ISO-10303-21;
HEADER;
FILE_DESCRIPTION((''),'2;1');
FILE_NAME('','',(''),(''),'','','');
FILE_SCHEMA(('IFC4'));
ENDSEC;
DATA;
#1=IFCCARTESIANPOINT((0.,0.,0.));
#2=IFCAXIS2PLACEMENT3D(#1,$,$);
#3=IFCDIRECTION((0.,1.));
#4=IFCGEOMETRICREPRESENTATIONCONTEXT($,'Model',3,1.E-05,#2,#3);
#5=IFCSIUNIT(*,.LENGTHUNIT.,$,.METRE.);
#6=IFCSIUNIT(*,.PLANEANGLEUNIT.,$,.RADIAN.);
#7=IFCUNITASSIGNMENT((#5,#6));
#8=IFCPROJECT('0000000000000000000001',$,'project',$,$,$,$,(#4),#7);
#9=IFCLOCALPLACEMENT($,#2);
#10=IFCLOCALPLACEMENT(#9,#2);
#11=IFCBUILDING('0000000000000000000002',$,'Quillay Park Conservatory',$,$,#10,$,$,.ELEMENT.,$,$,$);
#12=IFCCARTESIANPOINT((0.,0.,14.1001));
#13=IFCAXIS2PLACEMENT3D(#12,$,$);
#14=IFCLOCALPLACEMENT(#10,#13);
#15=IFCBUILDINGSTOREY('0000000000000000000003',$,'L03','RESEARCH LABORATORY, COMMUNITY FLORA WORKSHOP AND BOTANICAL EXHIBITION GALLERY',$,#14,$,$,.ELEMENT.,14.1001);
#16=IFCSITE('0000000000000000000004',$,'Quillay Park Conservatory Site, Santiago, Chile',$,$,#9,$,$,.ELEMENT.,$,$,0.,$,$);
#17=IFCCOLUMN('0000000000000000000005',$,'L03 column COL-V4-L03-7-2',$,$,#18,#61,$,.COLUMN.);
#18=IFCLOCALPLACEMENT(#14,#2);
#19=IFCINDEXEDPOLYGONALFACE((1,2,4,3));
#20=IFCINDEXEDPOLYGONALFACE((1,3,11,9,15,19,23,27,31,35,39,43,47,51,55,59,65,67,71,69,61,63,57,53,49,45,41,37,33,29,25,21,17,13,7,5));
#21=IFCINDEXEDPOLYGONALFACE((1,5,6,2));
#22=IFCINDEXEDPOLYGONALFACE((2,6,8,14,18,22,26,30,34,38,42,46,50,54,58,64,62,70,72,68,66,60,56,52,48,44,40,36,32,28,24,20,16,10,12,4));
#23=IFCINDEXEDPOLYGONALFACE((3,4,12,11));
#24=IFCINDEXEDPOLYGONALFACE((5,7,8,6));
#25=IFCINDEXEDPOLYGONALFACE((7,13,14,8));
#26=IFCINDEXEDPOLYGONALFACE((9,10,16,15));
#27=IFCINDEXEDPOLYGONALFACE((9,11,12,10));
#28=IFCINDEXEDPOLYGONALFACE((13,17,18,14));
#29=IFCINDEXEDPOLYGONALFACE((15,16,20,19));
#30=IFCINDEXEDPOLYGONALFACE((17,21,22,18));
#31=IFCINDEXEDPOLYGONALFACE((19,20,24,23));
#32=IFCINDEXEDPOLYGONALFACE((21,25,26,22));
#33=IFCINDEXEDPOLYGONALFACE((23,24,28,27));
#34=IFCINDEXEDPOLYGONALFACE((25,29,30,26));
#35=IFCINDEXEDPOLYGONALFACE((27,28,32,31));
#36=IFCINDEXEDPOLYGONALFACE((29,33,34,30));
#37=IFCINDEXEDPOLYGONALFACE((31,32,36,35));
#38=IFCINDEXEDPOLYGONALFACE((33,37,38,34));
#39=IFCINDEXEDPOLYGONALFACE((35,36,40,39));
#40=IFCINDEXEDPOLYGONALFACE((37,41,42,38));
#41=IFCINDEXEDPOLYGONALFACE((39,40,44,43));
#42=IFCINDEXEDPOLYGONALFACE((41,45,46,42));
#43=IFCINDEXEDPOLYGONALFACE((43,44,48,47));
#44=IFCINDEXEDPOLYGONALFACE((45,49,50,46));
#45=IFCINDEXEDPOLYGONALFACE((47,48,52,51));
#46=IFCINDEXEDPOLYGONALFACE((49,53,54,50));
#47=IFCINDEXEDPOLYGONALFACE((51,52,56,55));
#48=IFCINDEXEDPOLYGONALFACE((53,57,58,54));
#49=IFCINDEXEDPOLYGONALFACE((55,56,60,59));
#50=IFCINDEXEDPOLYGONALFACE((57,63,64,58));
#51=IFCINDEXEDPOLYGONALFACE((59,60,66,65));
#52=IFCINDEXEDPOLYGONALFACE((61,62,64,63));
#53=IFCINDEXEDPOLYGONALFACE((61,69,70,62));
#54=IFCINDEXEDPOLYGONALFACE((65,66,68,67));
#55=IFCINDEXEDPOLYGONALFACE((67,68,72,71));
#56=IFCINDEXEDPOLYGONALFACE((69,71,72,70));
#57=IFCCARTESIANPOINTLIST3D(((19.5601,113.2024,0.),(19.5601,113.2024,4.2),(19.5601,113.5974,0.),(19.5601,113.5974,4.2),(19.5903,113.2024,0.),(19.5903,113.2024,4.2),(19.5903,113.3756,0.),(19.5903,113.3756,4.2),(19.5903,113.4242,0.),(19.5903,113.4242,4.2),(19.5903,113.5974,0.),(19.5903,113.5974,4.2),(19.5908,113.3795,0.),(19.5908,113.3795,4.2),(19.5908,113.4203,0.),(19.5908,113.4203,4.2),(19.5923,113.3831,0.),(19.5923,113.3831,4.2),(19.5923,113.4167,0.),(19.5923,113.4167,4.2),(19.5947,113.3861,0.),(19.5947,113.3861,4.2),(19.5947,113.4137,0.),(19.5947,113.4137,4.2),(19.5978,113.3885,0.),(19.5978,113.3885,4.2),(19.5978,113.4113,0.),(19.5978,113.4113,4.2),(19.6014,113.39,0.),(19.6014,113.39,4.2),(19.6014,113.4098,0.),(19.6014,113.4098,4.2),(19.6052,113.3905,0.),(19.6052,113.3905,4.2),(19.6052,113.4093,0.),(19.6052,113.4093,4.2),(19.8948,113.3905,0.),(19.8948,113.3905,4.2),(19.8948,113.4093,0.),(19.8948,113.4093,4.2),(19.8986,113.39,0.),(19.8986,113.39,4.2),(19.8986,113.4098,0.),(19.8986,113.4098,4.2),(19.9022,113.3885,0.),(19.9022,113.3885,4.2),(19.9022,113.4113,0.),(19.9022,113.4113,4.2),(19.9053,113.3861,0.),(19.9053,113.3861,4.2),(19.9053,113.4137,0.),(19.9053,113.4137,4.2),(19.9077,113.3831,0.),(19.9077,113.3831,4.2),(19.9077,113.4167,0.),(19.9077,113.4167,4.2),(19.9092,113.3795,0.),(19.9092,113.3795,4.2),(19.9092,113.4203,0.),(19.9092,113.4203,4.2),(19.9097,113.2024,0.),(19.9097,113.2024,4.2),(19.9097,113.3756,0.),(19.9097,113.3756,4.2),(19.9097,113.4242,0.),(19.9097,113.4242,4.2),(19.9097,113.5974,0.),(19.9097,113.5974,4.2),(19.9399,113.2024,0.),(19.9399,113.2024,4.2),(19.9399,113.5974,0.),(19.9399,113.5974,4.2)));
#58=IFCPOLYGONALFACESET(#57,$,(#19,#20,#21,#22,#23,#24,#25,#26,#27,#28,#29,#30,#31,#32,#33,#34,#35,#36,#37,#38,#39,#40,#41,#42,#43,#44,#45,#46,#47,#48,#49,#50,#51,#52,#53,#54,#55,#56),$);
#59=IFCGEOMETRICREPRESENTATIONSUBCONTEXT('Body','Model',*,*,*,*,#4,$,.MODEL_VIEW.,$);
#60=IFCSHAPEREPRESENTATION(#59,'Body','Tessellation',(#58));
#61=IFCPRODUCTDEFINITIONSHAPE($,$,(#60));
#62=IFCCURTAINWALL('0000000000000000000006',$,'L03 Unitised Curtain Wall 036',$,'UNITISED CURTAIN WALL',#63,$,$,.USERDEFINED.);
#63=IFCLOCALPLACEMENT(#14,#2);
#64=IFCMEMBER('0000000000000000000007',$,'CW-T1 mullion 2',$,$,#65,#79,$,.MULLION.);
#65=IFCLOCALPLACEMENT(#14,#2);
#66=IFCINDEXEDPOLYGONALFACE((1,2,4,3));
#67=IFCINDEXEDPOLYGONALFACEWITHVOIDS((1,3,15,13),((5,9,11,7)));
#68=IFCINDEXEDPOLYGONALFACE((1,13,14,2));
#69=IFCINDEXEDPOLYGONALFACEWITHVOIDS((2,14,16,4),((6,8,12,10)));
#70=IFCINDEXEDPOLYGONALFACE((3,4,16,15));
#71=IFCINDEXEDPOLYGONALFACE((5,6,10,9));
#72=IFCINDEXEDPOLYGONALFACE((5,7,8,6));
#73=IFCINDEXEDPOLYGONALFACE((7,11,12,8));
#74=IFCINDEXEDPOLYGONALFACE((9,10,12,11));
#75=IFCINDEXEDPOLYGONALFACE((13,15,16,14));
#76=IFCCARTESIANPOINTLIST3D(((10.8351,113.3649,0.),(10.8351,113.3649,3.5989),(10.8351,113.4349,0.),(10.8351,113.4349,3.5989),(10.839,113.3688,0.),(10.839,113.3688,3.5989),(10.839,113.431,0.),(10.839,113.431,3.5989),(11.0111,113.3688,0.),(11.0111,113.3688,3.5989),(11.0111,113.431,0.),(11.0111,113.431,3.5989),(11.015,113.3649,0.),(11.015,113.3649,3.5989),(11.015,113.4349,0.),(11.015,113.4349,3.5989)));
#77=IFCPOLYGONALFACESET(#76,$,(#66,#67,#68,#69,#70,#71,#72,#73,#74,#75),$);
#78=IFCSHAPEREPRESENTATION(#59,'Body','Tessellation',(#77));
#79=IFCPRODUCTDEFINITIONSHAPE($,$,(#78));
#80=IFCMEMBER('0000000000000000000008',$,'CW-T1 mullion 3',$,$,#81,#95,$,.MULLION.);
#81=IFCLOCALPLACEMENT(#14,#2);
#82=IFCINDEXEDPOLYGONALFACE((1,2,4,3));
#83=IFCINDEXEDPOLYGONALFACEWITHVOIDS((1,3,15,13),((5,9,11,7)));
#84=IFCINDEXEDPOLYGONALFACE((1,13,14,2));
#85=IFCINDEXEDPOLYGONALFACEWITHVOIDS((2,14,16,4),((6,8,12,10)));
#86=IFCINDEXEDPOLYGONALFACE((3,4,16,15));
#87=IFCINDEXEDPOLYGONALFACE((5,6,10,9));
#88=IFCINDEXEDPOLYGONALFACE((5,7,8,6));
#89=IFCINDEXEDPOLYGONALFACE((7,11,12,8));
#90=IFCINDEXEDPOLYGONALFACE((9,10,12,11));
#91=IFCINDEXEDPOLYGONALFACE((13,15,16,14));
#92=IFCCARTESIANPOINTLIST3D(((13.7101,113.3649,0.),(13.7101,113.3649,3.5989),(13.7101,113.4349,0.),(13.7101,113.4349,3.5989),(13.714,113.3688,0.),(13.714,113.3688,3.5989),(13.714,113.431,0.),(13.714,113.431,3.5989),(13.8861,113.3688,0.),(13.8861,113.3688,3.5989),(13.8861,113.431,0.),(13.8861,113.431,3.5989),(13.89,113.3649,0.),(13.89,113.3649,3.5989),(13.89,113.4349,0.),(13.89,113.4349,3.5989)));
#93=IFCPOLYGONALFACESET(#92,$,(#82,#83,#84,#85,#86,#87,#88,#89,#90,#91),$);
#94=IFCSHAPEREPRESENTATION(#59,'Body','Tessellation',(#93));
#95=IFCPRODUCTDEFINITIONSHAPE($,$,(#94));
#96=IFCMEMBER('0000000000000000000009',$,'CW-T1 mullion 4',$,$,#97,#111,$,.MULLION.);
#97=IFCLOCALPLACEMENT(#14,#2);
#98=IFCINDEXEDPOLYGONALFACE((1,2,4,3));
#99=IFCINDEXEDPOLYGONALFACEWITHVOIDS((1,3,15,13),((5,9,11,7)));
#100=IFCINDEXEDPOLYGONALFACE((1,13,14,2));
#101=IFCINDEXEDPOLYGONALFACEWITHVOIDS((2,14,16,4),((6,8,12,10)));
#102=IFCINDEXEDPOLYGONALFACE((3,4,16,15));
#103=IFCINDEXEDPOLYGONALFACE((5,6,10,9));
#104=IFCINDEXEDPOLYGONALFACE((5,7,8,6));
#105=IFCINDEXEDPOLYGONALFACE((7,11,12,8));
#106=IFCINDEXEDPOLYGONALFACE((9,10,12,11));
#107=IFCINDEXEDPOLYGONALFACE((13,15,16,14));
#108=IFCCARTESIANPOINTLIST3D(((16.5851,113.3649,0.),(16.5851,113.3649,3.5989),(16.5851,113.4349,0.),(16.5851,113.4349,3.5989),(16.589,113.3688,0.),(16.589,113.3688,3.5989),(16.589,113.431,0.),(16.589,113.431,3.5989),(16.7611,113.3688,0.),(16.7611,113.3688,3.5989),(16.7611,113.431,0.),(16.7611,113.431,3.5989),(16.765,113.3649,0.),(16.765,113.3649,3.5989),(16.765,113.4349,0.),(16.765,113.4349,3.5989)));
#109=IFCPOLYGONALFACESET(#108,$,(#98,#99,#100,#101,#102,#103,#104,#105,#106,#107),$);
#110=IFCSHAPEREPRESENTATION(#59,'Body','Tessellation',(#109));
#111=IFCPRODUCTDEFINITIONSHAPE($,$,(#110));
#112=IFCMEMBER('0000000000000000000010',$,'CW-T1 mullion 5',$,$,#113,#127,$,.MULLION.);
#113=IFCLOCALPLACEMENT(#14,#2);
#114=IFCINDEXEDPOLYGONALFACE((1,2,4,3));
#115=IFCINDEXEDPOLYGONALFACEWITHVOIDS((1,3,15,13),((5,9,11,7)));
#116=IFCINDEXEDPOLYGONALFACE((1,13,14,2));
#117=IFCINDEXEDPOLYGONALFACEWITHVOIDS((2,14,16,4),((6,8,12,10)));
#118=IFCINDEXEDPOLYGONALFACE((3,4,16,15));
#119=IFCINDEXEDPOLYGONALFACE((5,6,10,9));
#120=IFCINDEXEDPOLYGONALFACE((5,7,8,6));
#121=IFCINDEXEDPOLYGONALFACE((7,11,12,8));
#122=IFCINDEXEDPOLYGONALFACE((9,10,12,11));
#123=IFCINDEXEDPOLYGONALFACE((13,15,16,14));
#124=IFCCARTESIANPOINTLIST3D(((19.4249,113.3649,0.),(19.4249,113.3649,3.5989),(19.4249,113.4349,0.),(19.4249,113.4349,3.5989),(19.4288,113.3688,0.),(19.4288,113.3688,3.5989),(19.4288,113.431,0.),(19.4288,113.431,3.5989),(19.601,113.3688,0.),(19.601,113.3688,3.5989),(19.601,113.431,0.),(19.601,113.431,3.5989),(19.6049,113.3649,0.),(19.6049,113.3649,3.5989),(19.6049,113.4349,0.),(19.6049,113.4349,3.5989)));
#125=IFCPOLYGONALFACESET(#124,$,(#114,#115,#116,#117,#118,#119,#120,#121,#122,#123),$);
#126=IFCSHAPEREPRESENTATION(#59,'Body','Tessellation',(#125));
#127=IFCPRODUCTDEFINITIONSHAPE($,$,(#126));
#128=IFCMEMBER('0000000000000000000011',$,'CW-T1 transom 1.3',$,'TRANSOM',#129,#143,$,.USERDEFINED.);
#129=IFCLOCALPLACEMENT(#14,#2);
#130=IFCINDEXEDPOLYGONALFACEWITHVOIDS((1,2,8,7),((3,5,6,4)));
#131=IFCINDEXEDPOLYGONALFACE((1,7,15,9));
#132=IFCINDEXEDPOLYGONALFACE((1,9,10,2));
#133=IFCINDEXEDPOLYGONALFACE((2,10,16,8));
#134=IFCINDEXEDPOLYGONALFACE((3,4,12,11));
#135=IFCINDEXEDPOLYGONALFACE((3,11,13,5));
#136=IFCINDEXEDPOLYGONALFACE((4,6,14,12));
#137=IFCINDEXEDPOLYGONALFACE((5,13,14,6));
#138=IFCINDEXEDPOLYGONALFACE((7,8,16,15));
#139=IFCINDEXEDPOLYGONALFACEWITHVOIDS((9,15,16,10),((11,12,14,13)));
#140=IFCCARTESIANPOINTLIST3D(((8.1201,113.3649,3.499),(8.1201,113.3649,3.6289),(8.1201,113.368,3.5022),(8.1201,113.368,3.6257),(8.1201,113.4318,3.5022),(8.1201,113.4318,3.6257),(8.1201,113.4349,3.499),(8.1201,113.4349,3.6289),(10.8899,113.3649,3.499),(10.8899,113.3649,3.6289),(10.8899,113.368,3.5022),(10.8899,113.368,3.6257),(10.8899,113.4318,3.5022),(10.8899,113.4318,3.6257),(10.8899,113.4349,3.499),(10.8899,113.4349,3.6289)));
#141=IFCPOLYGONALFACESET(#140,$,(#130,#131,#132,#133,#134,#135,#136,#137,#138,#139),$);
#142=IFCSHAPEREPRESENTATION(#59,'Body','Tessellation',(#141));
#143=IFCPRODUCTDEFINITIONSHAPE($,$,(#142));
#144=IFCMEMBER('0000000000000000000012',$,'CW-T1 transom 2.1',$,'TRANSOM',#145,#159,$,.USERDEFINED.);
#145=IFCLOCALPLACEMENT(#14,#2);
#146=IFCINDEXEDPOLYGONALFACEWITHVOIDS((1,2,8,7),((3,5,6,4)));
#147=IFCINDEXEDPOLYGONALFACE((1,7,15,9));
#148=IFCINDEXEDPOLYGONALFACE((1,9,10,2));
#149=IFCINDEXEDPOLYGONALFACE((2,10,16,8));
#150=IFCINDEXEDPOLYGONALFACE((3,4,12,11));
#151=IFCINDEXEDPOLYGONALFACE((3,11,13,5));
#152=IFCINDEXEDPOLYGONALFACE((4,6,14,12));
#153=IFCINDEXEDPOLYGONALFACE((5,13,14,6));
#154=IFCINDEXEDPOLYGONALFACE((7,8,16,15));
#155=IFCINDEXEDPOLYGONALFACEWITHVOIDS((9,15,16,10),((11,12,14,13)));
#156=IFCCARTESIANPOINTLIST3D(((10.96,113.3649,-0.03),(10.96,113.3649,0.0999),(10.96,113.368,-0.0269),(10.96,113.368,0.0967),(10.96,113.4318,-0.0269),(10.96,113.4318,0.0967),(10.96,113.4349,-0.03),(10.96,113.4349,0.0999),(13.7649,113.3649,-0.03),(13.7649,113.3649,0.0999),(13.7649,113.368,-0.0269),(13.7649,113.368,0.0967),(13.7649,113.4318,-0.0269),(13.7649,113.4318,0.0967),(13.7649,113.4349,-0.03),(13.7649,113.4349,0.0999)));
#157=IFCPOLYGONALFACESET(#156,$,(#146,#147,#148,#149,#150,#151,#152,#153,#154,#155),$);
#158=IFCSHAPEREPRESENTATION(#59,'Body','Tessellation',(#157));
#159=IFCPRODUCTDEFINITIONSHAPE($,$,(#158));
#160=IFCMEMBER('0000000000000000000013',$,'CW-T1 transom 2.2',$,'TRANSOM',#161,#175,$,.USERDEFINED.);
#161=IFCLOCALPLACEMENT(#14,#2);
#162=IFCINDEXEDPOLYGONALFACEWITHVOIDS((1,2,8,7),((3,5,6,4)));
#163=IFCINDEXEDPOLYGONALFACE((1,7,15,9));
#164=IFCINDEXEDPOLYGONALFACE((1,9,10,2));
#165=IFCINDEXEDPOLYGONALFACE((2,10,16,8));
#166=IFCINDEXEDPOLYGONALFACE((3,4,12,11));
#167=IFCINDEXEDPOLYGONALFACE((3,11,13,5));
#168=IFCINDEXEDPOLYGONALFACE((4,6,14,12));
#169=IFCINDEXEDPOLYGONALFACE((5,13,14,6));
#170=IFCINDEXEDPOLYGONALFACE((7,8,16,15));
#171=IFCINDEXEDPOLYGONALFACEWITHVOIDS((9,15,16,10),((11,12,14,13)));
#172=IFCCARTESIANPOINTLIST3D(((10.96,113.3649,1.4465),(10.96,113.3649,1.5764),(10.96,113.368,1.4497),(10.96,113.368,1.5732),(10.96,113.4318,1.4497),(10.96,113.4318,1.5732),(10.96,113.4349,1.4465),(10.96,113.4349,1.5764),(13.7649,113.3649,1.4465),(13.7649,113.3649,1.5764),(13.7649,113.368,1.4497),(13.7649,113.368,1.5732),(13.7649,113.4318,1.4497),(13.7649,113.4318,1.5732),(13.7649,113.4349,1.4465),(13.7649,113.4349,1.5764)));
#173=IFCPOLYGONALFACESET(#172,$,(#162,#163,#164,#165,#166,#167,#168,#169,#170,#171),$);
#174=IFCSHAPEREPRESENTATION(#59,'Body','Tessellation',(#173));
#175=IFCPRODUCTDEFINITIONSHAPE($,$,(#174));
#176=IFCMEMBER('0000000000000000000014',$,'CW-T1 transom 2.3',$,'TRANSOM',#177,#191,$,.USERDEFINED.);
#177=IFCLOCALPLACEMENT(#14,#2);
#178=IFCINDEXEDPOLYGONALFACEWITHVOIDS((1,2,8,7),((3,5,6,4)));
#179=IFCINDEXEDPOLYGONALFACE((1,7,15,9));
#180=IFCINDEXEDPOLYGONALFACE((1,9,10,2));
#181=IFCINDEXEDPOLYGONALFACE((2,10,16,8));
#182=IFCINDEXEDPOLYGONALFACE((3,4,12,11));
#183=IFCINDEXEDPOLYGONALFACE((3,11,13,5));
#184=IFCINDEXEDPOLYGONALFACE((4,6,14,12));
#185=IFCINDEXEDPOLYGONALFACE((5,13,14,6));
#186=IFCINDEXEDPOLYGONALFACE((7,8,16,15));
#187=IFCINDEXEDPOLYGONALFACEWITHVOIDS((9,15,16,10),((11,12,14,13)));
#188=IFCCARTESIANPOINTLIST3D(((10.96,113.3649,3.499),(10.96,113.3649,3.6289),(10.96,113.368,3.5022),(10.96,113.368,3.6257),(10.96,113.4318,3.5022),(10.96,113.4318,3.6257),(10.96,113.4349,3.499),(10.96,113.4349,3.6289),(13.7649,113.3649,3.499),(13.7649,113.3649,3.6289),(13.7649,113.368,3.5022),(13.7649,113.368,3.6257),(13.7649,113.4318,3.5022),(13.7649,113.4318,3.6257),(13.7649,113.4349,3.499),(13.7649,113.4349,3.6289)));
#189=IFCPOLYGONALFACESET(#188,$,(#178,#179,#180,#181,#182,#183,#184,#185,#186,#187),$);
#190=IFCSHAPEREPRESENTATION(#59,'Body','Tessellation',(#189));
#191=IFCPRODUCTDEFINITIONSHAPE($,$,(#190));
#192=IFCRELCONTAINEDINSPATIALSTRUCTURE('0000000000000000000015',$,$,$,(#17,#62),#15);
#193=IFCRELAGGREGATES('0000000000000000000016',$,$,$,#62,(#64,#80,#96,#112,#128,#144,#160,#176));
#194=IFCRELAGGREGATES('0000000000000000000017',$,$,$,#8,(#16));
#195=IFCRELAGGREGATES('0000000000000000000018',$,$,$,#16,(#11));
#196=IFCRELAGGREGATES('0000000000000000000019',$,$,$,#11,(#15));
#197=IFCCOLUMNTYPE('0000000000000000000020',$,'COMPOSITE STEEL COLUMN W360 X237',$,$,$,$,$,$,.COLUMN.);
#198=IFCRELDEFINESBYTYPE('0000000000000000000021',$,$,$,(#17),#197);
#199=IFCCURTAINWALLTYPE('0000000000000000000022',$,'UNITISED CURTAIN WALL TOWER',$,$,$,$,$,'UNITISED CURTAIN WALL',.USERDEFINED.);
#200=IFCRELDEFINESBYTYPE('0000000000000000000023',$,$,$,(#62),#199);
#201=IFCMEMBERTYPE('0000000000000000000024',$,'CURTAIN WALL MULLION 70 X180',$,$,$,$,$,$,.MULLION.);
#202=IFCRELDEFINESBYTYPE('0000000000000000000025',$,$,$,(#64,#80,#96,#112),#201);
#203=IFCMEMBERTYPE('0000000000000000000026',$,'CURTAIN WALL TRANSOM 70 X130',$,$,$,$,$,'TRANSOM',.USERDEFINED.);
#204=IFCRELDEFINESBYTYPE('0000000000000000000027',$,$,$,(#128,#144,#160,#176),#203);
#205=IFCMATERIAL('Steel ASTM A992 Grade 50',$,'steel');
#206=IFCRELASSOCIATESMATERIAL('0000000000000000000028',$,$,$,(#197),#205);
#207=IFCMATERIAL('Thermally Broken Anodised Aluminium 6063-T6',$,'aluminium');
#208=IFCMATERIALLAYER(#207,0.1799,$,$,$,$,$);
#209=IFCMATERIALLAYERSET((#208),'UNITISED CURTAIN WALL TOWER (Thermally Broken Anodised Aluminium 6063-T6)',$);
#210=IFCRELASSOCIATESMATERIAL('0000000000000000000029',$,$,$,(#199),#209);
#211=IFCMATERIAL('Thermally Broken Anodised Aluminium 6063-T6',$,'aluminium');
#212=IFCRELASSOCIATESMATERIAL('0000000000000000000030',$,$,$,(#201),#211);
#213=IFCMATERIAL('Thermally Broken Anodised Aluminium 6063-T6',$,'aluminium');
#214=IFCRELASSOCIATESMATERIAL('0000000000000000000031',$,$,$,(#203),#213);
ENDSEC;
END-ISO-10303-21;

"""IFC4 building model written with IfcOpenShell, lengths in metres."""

from ifc_helpers import new_model, si_unit, direction, frame, origin, origin_2d, place, context, subcontext, project, spatial, hollow_rectangle, i_section, extrude, material, layer, layer_set, material_profile, profile_set, type_object, element, aggregate, save


model = new_model("IFC4")

# Units and contexts
model_context = context("Model", 3, precision=1e-05, world=origin(), true_north=direction((0.0, 1.0)))
body_context = subcontext(model_context, "Body", "Model", "MODEL_VIEW")
ifc_project = project(units=[si_unit("LENGTHUNIT", "METRE"), si_unit("PLANEANGLEUNIT", "RADIAN")], contexts=[model_context])

# Site, building, storey
site_placement = place(None, origin())
site = spatial("IfcSite", under=ifc_project, at=site_placement, Name="Quillay Park Conservatory Site, Santiago, Chile", CompositionType="ELEMENT", RefElevation=0.0)
building_placement = place(site_placement, origin())
building = spatial("IfcBuilding", under=site, at=building_placement, Name="Quillay Park Conservatory", CompositionType="ELEMENT")
storey_placement = place(building_placement, frame((0.0, 0.0, 14.1001)))
storey = spatial("IfcBuildingStorey", under=building, at=storey_placement, Name="L03", Description="RESEARCH LABORATORY, COMMUNITY FLORA WORKSHOP AND BOTANICAL EXHIBITION GALLERY", CompositionType="ELEMENT", Elevation=14.1001)

# Column
ifc_material_1 = material(Name="Steel ASTM A992 Grade 50", Category="steel")
ifc_material_profile_1 = material_profile(ifc_material_1, i_section(OverallWidth=0.395, OverallDepth=0.3799, WebThickness=0.0188, FlangeThickness=0.0303, FilletRadius=0.0149, at=origin_2d()), Name="W360x237")
ifc_profile_set_1 = profile_set([ifc_material_profile_1], Name="Steel ASTM A992 Grade 50")
column_type = type_object("IfcColumnType", Name="COMPOSITE STEEL COLUMN W360 X237", PredefinedType="COLUMN", material=ifc_profile_set_1)
column_placement = place(storey_placement, frame((19.75, 113.3999, 0.0), z_axis=(0.0, 0.0, 1.0), x_axis=(0.0, 1.0, 0.0)))
element("IfcColumn", 1, at=column_placement, inside=storey, type_object=column_type, Name="L03 column COL-V4-L03-7-2", PredefinedType="COLUMN", context=body_context, shape_type="SweptSolid", body=[
    extrude(i_section(OverallWidth=0.395, OverallDepth=0.3799, WebThickness=0.0188, FlangeThickness=0.0303, FilletRadius=0.0149, at=origin_2d()), origin(), (0.0, 0.0, 1.0), 4.2),
])

# Curtain wall, members
ifc_material_2 = material(Name="Thermally Broken Anodised Aluminium 6063-T6", Category="aluminium")
ifc_layer_1 = layer(ifc_material_2, 0.1799)
ifc_layer_set_1 = layer_set([ifc_layer_1], Name="UNITISED CURTAIN WALL TOWER (Thermally Broken Anodised Aluminium 6063-T6)")
curtain_wall_type = type_object("IfcCurtainWallType", Name="UNITISED CURTAIN WALL TOWER", ElementType="UNITISED CURTAIN WALL", PredefinedType="USERDEFINED", material=ifc_layer_set_1)
curtain_wall_placement = place(storey_placement, origin())
curtain_wall = element("IfcCurtainWall", 2, at=curtain_wall_placement, inside=storey, type_object=curtain_wall_type, Name="L03 Unitised Curtain Wall 036", ObjectType="UNITISED CURTAIN WALL", PredefinedType="USERDEFINED")
ifc_material_3 = material(Name="Thermally Broken Anodised Aluminium 6063-T6", Category="aluminium")
ifc_material_profile_2 = material_profile(ifc_material_3, hollow_rectangle(XDim=0.0701, YDim=0.1799, WallThickness=0.0039, at=origin_2d()), Name="AL70x180x4")
ifc_profile_set_2 = profile_set([ifc_material_profile_2], Name="Thermally Broken Anodised Aluminium 6063-T6")
member_type_1 = type_object("IfcMemberType", Name="CURTAIN WALL MULLION 70 X180", PredefinedType="MULLION", material=ifc_profile_set_2)
member_1_placement = place(storey_placement, frame((10.925, 113.3999, 0.0), z_axis=(0.0, 0.0, 1.0), x_axis=(0.0, 1.0, 0.0)))
member_1 = element("IfcMember", 3, at=member_1_placement, type_object=member_type_1, Name="CW-T1 mullion 2", PredefinedType="MULLION", context=body_context, shape_type="SweptSolid", body=[
    extrude(hollow_rectangle(XDim=0.0701, YDim=0.1799, WallThickness=0.0039, at=origin_2d()), origin(), (0.0, 0.0, 1.0), 3.5989),
])
member_2_placement = place(storey_placement, frame((13.8, 113.3999, 0.0), z_axis=(0.0, 0.0, 1.0), x_axis=(0.0, 1.0, 0.0)))
member_2 = element("IfcMember", 4, at=member_2_placement, type_object=member_type_1, Name="CW-T1 mullion 3", PredefinedType="MULLION", context=body_context, shape_type="SweptSolid", body=[
    extrude(hollow_rectangle(XDim=0.0701, YDim=0.1799, WallThickness=0.0039, at=origin_2d()), origin(), (0.0, 0.0, 1.0), 3.5989),
])
member_3_placement = place(storey_placement, frame((16.675, 113.3999, 0.0), z_axis=(0.0, 0.0, 1.0), x_axis=(0.0, 1.0, 0.0)))
member_3 = element("IfcMember", 5, at=member_3_placement, type_object=member_type_1, Name="CW-T1 mullion 4", PredefinedType="MULLION", context=body_context, shape_type="SweptSolid", body=[
    extrude(hollow_rectangle(XDim=0.0701, YDim=0.1799, WallThickness=0.0039, at=origin_2d()), origin(), (0.0, 0.0, 1.0), 3.5989),
])
member_4_placement = place(storey_placement, frame((19.5149, 113.3999, 0.0), z_axis=(0.0, 0.0, 1.0), x_axis=(0.0, 1.0, 0.0)))
member_4 = element("IfcMember", 6, at=member_4_placement, type_object=member_type_1, Name="CW-T1 mullion 5", PredefinedType="MULLION", context=body_context, shape_type="SweptSolid", body=[
    extrude(hollow_rectangle(XDim=0.0701, YDim=0.1799, WallThickness=0.0039, at=origin_2d()), origin(), (0.0, 0.0, 1.0), 3.5989),
])
ifc_material_4 = material(Name="Thermally Broken Anodised Aluminium 6063-T6", Category="aluminium")
ifc_material_profile_3 = material_profile(ifc_material_4, hollow_rectangle(XDim=0.0701, YDim=0.1299, WallThickness=0.0032, at=origin_2d()), Name="AL70x130x3.2")
ifc_profile_set_3 = profile_set([ifc_material_profile_3], Name="Thermally Broken Anodised Aluminium 6063-T6")
member_type_2 = type_object("IfcMemberType", Name="CURTAIN WALL TRANSOM 70 X130", ElementType="TRANSOM", PredefinedType="USERDEFINED", material=ifc_profile_set_3)
member_5_placement = place(storey_placement, frame((8.1201, 113.3999, 3.564), z_axis=(1.0, 0.0, 0.0), x_axis=(0.0, 1.0, 0.0)))
member_5 = element("IfcMember", 7, at=member_5_placement, type_object=member_type_2, Name="CW-T1 transom 1.3", ObjectType="TRANSOM", PredefinedType="USERDEFINED", context=body_context, shape_type="SweptSolid", body=[
    extrude(hollow_rectangle(XDim=0.0701, YDim=0.1299, WallThickness=0.0032, at=origin_2d()), origin(), (0.0, 0.0, 1.0), 2.7698),
])
member_6_placement = place(storey_placement, frame((10.96, 113.3999, 0.0349), z_axis=(1.0, 0.0, 0.0), x_axis=(0.0, 1.0, 0.0)))
member_6 = element("IfcMember", 8, at=member_6_placement, type_object=member_type_2, Name="CW-T1 transom 2.1", ObjectType="TRANSOM", PredefinedType="USERDEFINED", context=body_context, shape_type="SweptSolid", body=[
    extrude(hollow_rectangle(XDim=0.0701, YDim=0.1299, WallThickness=0.0032, at=origin_2d()), origin(), (0.0, 0.0, 1.0), 2.8049),
])
member_7_placement = place(storey_placement, frame((10.96, 113.3999, 1.5115), z_axis=(1.0, 0.0, 0.0), x_axis=(0.0, 1.0, 0.0)))
member_7 = element("IfcMember", 9, at=member_7_placement, type_object=member_type_2, Name="CW-T1 transom 2.2", ObjectType="TRANSOM", PredefinedType="USERDEFINED", context=body_context, shape_type="SweptSolid", body=[
    extrude(hollow_rectangle(XDim=0.0701, YDim=0.1299, WallThickness=0.0032, at=origin_2d()), origin(), (0.0, 0.0, 1.0), 2.8049),
])
member_8_placement = place(storey_placement, frame((10.96, 113.3999, 3.564), z_axis=(1.0, 0.0, 0.0), x_axis=(0.0, 1.0, 0.0)))
member_8 = element("IfcMember", 10, at=member_8_placement, type_object=member_type_2, Name="CW-T1 transom 2.3", ObjectType="TRANSOM", PredefinedType="USERDEFINED", context=body_context, shape_type="SweptSolid", body=[
    extrude(hollow_rectangle(XDim=0.0701, YDim=0.1299, WallThickness=0.0032, at=origin_2d()), origin(), (0.0, 0.0, 1.0), 2.8049),
])
aggregate(curtain_wall, [member_1, member_2, member_3, member_4, member_5, member_6, member_7, member_8])

save(model, "model.ifc")
